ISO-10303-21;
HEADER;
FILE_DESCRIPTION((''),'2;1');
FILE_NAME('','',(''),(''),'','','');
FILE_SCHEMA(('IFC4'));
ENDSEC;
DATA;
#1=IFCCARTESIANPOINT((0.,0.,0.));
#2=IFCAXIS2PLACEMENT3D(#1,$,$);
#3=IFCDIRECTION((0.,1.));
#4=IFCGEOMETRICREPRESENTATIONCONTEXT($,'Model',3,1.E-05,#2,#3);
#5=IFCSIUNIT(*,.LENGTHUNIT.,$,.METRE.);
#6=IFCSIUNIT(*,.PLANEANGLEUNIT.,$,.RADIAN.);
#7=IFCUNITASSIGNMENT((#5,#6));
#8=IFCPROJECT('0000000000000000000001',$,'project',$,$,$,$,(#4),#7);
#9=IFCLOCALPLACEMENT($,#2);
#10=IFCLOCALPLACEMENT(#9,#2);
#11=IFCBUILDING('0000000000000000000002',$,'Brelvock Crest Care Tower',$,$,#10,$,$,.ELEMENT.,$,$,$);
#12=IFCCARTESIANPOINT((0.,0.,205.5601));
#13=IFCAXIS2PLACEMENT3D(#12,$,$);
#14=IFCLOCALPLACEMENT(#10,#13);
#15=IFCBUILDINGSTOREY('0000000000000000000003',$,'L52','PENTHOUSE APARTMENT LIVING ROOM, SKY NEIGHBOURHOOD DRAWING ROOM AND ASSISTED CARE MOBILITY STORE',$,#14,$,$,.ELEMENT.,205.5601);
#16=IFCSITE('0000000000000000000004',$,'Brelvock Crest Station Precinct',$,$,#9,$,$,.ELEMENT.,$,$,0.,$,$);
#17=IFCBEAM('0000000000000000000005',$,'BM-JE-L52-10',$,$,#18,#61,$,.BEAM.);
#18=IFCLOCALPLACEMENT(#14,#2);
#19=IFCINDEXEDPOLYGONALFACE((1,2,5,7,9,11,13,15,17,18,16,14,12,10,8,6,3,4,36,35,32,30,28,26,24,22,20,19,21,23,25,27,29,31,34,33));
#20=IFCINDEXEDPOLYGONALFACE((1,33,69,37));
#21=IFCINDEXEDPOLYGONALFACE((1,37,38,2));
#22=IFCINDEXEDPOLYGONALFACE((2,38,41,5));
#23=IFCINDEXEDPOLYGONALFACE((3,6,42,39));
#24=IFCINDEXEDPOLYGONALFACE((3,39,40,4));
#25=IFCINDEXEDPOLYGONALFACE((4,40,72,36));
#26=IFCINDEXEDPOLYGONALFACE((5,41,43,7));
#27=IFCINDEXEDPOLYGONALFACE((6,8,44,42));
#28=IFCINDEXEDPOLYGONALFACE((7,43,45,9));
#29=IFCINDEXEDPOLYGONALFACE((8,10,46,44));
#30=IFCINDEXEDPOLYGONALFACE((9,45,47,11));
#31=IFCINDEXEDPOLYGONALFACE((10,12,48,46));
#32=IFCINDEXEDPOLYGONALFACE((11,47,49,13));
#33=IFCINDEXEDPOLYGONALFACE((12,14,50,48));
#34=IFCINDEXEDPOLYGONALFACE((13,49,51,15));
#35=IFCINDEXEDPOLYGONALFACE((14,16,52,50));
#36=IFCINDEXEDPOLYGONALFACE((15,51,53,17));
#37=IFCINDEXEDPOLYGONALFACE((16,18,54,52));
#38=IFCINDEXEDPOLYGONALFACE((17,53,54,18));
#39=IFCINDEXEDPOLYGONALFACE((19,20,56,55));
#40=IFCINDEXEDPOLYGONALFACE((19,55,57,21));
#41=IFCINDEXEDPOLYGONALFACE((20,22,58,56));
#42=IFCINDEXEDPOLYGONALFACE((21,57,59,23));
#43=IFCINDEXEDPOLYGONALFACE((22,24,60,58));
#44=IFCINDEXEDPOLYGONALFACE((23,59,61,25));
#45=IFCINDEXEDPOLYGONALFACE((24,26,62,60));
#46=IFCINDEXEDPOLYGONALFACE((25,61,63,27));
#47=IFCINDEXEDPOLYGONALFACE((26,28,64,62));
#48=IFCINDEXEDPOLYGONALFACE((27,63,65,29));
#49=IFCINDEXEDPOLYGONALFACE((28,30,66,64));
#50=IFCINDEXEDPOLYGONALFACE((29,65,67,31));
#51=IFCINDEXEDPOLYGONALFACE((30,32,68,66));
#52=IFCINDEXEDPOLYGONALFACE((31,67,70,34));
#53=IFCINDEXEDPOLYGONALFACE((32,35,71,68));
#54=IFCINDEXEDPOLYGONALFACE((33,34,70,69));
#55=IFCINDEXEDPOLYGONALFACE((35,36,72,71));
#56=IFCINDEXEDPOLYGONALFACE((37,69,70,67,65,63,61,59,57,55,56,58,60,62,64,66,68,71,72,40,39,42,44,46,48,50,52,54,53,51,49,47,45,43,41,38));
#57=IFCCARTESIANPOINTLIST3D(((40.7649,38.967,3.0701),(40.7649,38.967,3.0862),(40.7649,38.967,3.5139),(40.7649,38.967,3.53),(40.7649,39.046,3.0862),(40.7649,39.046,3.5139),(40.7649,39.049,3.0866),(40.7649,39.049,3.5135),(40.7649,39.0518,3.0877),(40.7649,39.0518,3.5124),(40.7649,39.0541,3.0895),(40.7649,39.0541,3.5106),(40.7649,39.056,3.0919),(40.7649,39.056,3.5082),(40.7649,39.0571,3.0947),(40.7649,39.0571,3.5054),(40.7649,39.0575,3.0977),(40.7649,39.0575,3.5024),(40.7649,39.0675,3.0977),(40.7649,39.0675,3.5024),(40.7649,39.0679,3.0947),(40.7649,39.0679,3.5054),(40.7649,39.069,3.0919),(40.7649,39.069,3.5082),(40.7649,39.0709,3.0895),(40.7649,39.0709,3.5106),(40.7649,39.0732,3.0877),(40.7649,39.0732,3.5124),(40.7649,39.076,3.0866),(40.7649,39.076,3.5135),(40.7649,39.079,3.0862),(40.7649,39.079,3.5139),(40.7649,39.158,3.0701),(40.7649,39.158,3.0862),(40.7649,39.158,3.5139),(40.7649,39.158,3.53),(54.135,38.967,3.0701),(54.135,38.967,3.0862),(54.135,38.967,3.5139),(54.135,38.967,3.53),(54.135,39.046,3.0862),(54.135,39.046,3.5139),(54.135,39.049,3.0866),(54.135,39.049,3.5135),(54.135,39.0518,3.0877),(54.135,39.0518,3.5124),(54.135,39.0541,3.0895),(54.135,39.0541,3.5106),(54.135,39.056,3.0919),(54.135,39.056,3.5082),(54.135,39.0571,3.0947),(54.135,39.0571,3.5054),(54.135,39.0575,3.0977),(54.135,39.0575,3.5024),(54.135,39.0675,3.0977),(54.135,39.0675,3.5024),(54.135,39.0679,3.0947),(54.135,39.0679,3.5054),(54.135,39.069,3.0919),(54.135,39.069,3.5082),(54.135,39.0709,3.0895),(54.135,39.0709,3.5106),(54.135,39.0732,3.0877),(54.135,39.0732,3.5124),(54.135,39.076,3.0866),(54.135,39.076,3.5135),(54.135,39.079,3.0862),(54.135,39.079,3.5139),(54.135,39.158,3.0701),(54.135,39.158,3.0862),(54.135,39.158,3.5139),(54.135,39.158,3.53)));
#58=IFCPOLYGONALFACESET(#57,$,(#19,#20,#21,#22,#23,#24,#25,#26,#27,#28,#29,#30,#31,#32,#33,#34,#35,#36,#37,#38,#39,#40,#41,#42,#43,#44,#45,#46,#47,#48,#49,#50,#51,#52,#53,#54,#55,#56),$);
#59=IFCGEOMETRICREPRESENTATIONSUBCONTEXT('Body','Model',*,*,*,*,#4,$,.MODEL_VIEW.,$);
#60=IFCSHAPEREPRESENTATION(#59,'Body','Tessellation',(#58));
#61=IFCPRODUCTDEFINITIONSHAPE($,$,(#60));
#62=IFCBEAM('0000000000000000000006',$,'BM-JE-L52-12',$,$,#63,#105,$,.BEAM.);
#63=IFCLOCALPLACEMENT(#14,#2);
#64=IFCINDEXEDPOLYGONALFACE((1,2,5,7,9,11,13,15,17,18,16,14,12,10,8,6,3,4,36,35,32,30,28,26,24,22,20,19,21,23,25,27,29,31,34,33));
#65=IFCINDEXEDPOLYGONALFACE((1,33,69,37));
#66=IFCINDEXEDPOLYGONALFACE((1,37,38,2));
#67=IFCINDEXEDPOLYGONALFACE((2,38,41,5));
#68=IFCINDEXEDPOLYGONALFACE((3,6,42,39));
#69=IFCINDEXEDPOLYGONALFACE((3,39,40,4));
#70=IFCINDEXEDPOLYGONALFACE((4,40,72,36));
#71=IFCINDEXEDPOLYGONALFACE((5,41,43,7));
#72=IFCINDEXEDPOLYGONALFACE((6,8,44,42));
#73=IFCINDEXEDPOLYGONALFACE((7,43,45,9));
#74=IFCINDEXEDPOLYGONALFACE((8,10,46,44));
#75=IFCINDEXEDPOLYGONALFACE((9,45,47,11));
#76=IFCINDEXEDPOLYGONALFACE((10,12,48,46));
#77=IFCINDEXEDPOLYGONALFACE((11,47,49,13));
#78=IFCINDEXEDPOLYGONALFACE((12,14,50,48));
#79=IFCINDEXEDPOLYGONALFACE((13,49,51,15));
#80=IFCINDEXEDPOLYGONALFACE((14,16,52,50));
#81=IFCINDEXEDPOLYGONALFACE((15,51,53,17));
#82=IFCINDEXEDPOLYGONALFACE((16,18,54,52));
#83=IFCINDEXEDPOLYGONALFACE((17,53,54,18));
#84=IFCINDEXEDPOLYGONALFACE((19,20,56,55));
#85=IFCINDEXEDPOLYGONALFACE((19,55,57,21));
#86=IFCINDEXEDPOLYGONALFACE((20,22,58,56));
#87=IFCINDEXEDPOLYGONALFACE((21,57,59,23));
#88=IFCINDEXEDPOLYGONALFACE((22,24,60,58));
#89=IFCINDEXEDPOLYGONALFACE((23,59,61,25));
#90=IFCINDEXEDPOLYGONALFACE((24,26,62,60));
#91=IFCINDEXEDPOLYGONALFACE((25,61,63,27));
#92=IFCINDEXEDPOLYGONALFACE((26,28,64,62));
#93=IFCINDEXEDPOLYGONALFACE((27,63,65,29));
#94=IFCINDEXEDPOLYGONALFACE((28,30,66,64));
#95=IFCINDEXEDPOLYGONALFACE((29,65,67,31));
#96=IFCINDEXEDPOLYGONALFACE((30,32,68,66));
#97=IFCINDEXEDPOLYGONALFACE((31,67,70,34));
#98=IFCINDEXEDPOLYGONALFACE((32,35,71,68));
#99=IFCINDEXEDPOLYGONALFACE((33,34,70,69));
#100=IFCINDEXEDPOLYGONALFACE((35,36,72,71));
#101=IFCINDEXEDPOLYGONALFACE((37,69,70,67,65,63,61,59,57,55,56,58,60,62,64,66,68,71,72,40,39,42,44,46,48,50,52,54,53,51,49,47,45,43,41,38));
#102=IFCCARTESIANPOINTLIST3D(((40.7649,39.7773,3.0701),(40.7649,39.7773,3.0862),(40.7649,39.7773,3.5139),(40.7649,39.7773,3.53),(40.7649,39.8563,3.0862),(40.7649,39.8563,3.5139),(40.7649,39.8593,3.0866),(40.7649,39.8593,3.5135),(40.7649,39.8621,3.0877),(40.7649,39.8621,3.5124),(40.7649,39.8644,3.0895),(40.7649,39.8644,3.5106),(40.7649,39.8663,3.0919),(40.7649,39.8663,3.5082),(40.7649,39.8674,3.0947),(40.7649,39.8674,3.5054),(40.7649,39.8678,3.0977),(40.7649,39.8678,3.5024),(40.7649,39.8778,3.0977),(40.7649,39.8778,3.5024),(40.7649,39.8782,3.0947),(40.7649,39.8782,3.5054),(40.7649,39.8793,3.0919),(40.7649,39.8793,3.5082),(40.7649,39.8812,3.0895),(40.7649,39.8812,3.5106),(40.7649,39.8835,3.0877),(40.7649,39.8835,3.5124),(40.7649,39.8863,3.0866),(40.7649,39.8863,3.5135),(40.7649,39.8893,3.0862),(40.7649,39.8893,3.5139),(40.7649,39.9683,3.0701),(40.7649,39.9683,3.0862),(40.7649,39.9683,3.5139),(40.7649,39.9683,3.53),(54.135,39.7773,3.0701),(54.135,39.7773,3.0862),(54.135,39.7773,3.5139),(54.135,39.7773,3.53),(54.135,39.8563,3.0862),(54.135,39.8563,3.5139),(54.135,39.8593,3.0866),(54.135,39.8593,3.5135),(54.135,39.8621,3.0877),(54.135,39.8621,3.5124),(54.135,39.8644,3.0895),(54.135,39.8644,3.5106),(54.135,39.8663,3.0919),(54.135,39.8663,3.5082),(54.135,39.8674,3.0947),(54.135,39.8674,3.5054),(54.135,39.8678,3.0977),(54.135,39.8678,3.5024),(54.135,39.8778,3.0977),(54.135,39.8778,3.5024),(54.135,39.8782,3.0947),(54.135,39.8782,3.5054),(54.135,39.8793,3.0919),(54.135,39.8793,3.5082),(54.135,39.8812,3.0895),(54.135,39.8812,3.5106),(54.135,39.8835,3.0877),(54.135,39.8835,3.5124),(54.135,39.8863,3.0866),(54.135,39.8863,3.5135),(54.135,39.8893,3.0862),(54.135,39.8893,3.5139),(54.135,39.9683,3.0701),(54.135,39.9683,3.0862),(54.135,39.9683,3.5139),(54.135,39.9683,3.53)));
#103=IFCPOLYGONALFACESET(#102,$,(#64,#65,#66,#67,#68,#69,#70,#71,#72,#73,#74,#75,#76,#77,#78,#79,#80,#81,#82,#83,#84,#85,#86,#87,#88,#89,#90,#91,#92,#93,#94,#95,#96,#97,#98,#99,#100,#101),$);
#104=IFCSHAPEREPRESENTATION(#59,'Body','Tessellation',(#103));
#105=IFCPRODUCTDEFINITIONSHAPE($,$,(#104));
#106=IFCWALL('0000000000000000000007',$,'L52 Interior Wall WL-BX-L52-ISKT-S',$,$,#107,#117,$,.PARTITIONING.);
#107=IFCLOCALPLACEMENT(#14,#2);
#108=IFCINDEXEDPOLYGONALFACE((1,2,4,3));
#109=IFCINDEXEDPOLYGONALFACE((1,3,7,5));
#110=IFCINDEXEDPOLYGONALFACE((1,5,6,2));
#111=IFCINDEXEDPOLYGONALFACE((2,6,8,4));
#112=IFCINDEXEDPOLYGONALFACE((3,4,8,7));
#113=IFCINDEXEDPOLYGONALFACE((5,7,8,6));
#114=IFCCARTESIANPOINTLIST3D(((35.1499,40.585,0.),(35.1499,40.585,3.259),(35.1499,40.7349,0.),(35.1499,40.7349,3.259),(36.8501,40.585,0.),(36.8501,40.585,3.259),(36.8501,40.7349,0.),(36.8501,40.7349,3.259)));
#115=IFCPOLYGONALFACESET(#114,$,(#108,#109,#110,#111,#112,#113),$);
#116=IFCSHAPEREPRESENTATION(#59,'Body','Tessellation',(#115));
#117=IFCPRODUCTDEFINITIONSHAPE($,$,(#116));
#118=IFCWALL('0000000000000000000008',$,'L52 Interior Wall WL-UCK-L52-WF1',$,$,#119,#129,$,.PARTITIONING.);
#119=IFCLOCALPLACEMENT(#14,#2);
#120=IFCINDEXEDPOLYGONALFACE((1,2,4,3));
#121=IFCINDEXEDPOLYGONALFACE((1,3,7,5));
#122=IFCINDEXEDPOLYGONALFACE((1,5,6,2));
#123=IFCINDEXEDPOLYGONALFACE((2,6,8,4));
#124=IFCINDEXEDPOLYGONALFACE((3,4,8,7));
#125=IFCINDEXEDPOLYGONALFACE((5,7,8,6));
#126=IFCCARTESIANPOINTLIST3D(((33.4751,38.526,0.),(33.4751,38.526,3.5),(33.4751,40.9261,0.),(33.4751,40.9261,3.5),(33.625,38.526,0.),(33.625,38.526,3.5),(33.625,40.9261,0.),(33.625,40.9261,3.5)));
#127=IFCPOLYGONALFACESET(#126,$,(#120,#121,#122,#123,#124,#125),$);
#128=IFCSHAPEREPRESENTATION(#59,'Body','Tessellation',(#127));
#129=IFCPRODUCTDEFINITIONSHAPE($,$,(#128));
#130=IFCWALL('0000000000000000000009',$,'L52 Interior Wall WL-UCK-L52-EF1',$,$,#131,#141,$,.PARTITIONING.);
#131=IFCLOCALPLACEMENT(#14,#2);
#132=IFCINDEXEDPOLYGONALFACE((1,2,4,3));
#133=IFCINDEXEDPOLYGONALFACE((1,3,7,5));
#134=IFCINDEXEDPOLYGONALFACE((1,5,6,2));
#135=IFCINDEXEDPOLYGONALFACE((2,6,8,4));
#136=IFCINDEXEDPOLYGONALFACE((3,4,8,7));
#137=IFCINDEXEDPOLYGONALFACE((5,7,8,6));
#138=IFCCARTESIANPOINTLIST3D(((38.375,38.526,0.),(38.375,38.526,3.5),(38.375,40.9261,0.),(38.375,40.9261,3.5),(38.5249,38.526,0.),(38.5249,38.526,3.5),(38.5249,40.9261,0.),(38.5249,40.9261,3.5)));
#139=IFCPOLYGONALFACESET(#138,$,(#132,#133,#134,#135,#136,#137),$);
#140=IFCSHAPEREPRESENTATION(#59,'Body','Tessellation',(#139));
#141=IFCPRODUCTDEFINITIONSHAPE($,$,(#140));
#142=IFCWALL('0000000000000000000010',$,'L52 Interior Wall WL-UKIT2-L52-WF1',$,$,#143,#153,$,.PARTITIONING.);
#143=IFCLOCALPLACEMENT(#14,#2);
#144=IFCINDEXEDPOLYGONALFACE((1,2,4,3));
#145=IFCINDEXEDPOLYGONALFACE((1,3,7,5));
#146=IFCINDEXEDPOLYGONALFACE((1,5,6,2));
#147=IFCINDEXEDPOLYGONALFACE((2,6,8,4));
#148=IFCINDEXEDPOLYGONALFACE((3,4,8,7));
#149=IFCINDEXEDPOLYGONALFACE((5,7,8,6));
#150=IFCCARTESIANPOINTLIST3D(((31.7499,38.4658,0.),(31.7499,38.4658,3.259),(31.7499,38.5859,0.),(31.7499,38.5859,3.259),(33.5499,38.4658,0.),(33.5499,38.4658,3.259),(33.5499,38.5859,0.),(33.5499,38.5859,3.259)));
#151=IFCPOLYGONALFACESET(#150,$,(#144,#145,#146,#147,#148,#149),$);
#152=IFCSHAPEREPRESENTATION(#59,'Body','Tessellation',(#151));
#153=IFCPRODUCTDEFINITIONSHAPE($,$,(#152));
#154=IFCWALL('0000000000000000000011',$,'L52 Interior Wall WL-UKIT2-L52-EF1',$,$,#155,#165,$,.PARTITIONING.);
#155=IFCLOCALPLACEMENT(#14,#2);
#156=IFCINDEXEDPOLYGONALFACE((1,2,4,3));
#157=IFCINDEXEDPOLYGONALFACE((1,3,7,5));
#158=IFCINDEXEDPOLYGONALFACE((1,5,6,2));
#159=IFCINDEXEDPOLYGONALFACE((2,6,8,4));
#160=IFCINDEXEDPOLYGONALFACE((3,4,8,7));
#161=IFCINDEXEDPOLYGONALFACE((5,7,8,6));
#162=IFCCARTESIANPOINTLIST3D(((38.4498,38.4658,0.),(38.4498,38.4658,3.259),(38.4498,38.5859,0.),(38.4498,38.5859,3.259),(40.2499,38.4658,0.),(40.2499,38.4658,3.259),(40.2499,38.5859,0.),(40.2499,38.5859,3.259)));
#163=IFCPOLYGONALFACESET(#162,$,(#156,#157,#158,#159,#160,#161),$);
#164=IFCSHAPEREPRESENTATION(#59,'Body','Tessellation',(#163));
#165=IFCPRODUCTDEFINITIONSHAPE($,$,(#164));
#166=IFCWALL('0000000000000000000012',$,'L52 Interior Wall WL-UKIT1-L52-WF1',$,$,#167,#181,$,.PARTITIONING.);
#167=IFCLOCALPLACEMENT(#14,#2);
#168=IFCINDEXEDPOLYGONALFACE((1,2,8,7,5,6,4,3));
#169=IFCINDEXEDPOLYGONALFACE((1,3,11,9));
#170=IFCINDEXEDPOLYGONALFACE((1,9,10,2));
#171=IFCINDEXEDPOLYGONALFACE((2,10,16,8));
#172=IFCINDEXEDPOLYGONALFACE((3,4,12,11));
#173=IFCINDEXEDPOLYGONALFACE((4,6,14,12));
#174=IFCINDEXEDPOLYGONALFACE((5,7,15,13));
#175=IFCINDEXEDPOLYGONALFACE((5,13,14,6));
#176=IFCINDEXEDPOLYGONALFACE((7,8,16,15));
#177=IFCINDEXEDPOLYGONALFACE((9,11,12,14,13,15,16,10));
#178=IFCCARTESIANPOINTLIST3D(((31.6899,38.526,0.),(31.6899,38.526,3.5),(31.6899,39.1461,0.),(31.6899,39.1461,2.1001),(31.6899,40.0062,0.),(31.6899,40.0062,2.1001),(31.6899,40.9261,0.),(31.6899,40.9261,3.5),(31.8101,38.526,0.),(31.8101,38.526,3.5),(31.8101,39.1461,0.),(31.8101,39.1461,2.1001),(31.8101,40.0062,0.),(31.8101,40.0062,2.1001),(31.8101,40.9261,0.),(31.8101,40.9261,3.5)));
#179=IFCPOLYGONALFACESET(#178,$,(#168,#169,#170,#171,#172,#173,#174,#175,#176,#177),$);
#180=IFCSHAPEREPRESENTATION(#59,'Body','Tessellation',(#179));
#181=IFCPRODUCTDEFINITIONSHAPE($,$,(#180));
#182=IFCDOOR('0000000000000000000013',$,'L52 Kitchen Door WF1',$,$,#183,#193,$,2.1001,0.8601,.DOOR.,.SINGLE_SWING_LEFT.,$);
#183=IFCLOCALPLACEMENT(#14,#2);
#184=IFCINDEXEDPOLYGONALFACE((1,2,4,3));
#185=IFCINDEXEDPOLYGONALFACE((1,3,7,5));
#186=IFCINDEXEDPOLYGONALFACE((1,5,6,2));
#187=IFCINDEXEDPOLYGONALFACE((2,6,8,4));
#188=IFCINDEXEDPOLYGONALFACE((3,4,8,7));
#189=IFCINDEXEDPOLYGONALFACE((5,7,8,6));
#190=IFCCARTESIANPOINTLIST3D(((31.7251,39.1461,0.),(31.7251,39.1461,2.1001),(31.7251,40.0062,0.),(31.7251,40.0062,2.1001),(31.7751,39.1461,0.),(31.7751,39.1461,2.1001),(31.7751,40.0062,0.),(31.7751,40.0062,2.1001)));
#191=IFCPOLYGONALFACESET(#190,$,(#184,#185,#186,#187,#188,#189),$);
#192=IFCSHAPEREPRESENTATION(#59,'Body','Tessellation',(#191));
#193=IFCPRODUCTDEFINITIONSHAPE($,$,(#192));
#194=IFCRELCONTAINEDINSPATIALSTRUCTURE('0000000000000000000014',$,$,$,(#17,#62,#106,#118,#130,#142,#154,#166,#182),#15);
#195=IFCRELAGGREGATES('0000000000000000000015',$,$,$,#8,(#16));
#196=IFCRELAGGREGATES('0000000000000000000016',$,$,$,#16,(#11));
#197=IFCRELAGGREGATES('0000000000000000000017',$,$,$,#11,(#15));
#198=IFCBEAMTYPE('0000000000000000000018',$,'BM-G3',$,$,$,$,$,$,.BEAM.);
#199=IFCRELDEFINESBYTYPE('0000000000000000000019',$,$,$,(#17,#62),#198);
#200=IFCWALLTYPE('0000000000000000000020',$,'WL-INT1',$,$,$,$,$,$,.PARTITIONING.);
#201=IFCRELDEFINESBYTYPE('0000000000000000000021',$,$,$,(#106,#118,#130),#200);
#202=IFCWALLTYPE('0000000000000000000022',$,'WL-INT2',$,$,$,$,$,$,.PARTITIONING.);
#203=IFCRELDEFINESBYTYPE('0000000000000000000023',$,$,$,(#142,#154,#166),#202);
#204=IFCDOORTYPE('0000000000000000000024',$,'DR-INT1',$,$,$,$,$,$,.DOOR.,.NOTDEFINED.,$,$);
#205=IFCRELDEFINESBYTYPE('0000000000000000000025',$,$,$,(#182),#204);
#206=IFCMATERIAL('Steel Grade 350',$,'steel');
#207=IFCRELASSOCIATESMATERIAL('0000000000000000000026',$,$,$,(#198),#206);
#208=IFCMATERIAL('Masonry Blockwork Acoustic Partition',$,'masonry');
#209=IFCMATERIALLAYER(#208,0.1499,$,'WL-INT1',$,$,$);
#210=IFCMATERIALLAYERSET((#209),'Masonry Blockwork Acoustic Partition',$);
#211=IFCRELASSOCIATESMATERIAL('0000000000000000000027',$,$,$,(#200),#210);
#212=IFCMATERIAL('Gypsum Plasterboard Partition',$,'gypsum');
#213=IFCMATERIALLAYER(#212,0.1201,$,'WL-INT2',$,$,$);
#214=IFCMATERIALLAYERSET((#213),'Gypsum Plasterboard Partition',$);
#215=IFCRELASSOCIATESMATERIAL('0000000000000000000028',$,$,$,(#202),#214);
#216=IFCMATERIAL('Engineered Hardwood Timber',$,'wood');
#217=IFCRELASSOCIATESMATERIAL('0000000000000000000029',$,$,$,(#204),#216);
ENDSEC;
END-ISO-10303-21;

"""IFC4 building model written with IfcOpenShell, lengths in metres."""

from ifc_helpers import new_model, si_unit, direction, frame, frame_2d, origin, origin_2d, place, context, subcontext, project, spatial, rectangle, i_section, extrude, source, transform, mapped, material, layer, layer_set, material_profile, profile_set, type_object, element, fill, save


model = new_model("IFC4")

# Units and contexts
model_context = context("Model", 3, precision=1e-05, world=origin(), true_north=direction((0.0, 1.0)))
body_context = subcontext(model_context, "Body", "Model", "MODEL_VIEW")
ifc_project = project(units=[si_unit("LENGTHUNIT", "METRE"), si_unit("PLANEANGLEUNIT", "RADIAN")], contexts=[model_context])

# Site, building, storey
site_placement = place(None, origin())
site = spatial("IfcSite", under=ifc_project, at=site_placement, Name="Brelvock Crest Station Precinct", CompositionType="ELEMENT", RefElevation=0.0)
building_placement = place(site_placement, origin())
building = spatial("IfcBuilding", under=site, at=building_placement, Name="Brelvock Crest Care Tower", CompositionType="ELEMENT")
storey_placement = place(building_placement, frame((0.0, 0.0, 205.5601)))
storey = spatial("IfcBuildingStorey", under=building, at=storey_placement, Name="L52", Description="PENTHOUSE APARTMENT LIVING ROOM, SKY NEIGHBOURHOOD DRAWING ROOM AND ASSISTED CARE MOBILITY STORE", CompositionType="ELEMENT", Elevation=205.5601)

# Beams
ifc_material_1 = material(Name="Steel Grade 350", Category="steel")
ifc_material_profile_1 = material_profile(ifc_material_1, i_section(OverallWidth=0.1909, OverallDepth=0.46, WebThickness=0.01, FlangeThickness=0.0161, FilletRadius=0.0115, at=origin_2d()), Name="460UB82.1")
ifc_profile_set_1 = profile_set([ifc_material_profile_1], Name="Steel Grade 350")
beam_type_1 = type_object("IfcBeamType", Name="BM-G3", PredefinedType="BEAM", material=ifc_profile_set_1)
shared_shape_1 = source(origin(), body_context, "Body", "SweptSolid", [
    extrude(i_section(OverallWidth=0.1909, OverallDepth=0.46, WebThickness=0.01, FlangeThickness=0.0161, FilletRadius=0.0115, at=origin_2d()), origin(), (0.0, 0.0, 1.0), 13.3701),
])
for number, where, z_axis, x_axis, name in (
    (1, (40.7649, 39.0625, 3.3), (1.0, 0.0, 0.0), (0.0, 1.0, 0.0), "BM-JE-L52-10"),
    (2, (40.7649, 39.8728, 3.3), (1.0, 0.0, 0.0), (0.0, 1.0, 0.0), "BM-JE-L52-12"),
):
    element("IfcBeam", number, at=place(storey_placement, frame(where, z_axis=z_axis, x_axis=x_axis)), inside=storey, type_object=beam_type_1, Name=name, PredefinedType="BEAM", context=body_context, shape_type="MappedRepresentation", body=[
        mapped(shared_shape_1, transform((0.0, 0.0, 0.0), x_axis=(1.0, 0.0, 0.0), y_axis=(0.0, 1.0, 0.0), z_axis=(0.0, 0.0, 1.0), scale=1.0)),
    ])

# Walls
ifc_material_2 = material(Name="Masonry Blockwork Acoustic Partition", Category="masonry")
ifc_layer_1 = layer(ifc_material_2, 0.1499, Name="WL-INT1")
ifc_layer_set_1 = layer_set([ifc_layer_1], Name="Masonry Blockwork Acoustic Partition")
wall_type_1 = type_object("IfcWallType", Name="WL-INT1", PredefinedType="PARTITIONING", material=ifc_layer_set_1)
wall_1_placement = place(storey_placement, frame((35.1499, 40.6599, 0.0), z_axis=(0.0, 0.0, 1.0), x_axis=(1.0, 0.0, 0.0)))
element("IfcWall", 3, at=wall_1_placement, inside=storey, type_object=wall_type_1, Name="L52 Interior Wall WL-BX-L52-ISKT-S", PredefinedType="PARTITIONING", context=body_context, shape_type="SweptSolid", body=[
    extrude(rectangle(XDim=1.7002, YDim=0.1499, at=frame_2d((0.8501, 0.0))), origin(), (0.0, 0.0, 1.0), 3.259),
])
for number, where, z_axis, x_axis, name in (
    (4, (33.55, 38.5259, 0.0), (0.0, 0.0, 1.0), (0.0, 1.0, 0.0), "L52 Interior Wall WL-UCK-L52-WF1"),
    (5, (38.45, 38.5259, 0.0), (0.0, 0.0, 1.0), (0.0, 1.0, 0.0), "L52 Interior Wall WL-UCK-L52-EF1"),
):
    element("IfcWall", number, at=place(storey_placement, frame(where, z_axis=z_axis, x_axis=x_axis)), inside=storey, type_object=wall_type_1, Name=name, PredefinedType="PARTITIONING", context=body_context, shape_type="SweptSolid", body=[
        extrude(rectangle(XDim=2.4001, YDim=0.1499, at=frame_2d((1.2002, 0.0))), origin(), (0.0, 0.0, 1.0), 3.5),
    ])
ifc_material_3 = material(Name="Gypsum Plasterboard Partition", Category="gypsum")
ifc_layer_2 = layer(ifc_material_3, 0.1201, Name="WL-INT2")
ifc_layer_set_2 = layer_set([ifc_layer_2], Name="Gypsum Plasterboard Partition")
wall_type_2 = type_object("IfcWallType", Name="WL-INT2", PredefinedType="PARTITIONING", material=ifc_layer_set_2)
for number, where, z_axis, x_axis, name in (
    (6, (31.75, 38.5259, 0.0), (0.0, 0.0, 1.0), (1.0, 0.0, 0.0), "L52 Interior Wall WL-UKIT2-L52-WF1"),
    (7, (38.45, 38.5259, 0.0), (0.0, 0.0, 1.0), (1.0, 0.0, 0.0), "L52 Interior Wall WL-UKIT2-L52-EF1"),
):
    element("IfcWall", number, at=place(storey_placement, frame(where, z_axis=z_axis, x_axis=x_axis)), inside=storey, type_object=wall_type_2, Name=name, PredefinedType="PARTITIONING", context=body_context, shape_type="SweptSolid", body=[
        extrude(rectangle(XDim=1.8, YDim=0.1201, at=frame_2d((0.8999, 0.0))), origin(), (0.0, 0.0, 1.0), 3.259),
    ])

# Wall, opening, door
wall_2_placement = place(storey_placement, frame((31.75, 38.5259, 0.0), z_axis=(0.0, 0.0, 1.0), x_axis=(0.0, 1.0, 0.0)))
wall_2 = element("IfcWall", 8, at=wall_2_placement, inside=storey, type_object=wall_type_2, Name="L52 Interior Wall WL-UKIT1-L52-WF1", PredefinedType="PARTITIONING", context=body_context, shape_type="SweptSolid", body=[
    extrude(rectangle(XDim=2.4001, YDim=0.1201, at=frame_2d((1.2002, 0.0))), origin(), (0.0, 0.0, 1.0), 3.5),
])
opening_1_placement = place(wall_2_placement, frame((0.6201, 0.0, 0.0)))
opening_1 = element("IfcOpeningElement", 9, at=opening_1_placement, cuts=wall_2, PredefinedType="OPENING", context=body_context, shape_type="SweptSolid", body=[
    extrude(rectangle(XDim=0.8601, YDim=2.1001, at=origin_2d()), frame((0.4302, 0.0701, 1.05), z_axis=(0.0, -1.0, 0.0), x_axis=(1.0, 0.0, 0.0)), (0.0, 0.0, 1.0), 0.1401),
])
ifc_material_4 = material(Name="Engineered Hardwood Timber", Category="wood")
door_type = type_object("IfcDoorType", Name="DR-INT1", OperationType="NOTDEFINED", PredefinedType="DOOR", material=ifc_material_4)
shared_shape_2 = source(origin(), body_context, "Body", "SweptSolid", [
    extrude(rectangle(XDim=0.8601, YDim=2.1001, at=origin_2d()), frame((0.4302, 0.0249, 1.05), z_axis=(0.0, -1.0, 0.0), x_axis=(1.0, 0.0, 0.0)), (0.0, 0.0, 1.0), 0.05),
])
door_1_placement = place(opening_1_placement, origin())
door_1 = element("IfcDoor", 10, at=door_1_placement, inside=storey, type_object=door_type, Name="L52 Kitchen Door WF1", OperationType="SINGLE_SWING_LEFT", OverallHeight=2.1001, OverallWidth=0.8601, PredefinedType="DOOR", context=body_context, shape_type="MappedRepresentation", body=[
    mapped(shared_shape_2, transform((0.0, 0.0, 0.0), x_axis=(1.0, 0.0, 0.0), y_axis=(0.0, 1.0, 0.0), z_axis=(0.0, 0.0, 1.0), scale=1.0)),
])
fill(opening_1, door_1)

save(model, "model.ifc")
